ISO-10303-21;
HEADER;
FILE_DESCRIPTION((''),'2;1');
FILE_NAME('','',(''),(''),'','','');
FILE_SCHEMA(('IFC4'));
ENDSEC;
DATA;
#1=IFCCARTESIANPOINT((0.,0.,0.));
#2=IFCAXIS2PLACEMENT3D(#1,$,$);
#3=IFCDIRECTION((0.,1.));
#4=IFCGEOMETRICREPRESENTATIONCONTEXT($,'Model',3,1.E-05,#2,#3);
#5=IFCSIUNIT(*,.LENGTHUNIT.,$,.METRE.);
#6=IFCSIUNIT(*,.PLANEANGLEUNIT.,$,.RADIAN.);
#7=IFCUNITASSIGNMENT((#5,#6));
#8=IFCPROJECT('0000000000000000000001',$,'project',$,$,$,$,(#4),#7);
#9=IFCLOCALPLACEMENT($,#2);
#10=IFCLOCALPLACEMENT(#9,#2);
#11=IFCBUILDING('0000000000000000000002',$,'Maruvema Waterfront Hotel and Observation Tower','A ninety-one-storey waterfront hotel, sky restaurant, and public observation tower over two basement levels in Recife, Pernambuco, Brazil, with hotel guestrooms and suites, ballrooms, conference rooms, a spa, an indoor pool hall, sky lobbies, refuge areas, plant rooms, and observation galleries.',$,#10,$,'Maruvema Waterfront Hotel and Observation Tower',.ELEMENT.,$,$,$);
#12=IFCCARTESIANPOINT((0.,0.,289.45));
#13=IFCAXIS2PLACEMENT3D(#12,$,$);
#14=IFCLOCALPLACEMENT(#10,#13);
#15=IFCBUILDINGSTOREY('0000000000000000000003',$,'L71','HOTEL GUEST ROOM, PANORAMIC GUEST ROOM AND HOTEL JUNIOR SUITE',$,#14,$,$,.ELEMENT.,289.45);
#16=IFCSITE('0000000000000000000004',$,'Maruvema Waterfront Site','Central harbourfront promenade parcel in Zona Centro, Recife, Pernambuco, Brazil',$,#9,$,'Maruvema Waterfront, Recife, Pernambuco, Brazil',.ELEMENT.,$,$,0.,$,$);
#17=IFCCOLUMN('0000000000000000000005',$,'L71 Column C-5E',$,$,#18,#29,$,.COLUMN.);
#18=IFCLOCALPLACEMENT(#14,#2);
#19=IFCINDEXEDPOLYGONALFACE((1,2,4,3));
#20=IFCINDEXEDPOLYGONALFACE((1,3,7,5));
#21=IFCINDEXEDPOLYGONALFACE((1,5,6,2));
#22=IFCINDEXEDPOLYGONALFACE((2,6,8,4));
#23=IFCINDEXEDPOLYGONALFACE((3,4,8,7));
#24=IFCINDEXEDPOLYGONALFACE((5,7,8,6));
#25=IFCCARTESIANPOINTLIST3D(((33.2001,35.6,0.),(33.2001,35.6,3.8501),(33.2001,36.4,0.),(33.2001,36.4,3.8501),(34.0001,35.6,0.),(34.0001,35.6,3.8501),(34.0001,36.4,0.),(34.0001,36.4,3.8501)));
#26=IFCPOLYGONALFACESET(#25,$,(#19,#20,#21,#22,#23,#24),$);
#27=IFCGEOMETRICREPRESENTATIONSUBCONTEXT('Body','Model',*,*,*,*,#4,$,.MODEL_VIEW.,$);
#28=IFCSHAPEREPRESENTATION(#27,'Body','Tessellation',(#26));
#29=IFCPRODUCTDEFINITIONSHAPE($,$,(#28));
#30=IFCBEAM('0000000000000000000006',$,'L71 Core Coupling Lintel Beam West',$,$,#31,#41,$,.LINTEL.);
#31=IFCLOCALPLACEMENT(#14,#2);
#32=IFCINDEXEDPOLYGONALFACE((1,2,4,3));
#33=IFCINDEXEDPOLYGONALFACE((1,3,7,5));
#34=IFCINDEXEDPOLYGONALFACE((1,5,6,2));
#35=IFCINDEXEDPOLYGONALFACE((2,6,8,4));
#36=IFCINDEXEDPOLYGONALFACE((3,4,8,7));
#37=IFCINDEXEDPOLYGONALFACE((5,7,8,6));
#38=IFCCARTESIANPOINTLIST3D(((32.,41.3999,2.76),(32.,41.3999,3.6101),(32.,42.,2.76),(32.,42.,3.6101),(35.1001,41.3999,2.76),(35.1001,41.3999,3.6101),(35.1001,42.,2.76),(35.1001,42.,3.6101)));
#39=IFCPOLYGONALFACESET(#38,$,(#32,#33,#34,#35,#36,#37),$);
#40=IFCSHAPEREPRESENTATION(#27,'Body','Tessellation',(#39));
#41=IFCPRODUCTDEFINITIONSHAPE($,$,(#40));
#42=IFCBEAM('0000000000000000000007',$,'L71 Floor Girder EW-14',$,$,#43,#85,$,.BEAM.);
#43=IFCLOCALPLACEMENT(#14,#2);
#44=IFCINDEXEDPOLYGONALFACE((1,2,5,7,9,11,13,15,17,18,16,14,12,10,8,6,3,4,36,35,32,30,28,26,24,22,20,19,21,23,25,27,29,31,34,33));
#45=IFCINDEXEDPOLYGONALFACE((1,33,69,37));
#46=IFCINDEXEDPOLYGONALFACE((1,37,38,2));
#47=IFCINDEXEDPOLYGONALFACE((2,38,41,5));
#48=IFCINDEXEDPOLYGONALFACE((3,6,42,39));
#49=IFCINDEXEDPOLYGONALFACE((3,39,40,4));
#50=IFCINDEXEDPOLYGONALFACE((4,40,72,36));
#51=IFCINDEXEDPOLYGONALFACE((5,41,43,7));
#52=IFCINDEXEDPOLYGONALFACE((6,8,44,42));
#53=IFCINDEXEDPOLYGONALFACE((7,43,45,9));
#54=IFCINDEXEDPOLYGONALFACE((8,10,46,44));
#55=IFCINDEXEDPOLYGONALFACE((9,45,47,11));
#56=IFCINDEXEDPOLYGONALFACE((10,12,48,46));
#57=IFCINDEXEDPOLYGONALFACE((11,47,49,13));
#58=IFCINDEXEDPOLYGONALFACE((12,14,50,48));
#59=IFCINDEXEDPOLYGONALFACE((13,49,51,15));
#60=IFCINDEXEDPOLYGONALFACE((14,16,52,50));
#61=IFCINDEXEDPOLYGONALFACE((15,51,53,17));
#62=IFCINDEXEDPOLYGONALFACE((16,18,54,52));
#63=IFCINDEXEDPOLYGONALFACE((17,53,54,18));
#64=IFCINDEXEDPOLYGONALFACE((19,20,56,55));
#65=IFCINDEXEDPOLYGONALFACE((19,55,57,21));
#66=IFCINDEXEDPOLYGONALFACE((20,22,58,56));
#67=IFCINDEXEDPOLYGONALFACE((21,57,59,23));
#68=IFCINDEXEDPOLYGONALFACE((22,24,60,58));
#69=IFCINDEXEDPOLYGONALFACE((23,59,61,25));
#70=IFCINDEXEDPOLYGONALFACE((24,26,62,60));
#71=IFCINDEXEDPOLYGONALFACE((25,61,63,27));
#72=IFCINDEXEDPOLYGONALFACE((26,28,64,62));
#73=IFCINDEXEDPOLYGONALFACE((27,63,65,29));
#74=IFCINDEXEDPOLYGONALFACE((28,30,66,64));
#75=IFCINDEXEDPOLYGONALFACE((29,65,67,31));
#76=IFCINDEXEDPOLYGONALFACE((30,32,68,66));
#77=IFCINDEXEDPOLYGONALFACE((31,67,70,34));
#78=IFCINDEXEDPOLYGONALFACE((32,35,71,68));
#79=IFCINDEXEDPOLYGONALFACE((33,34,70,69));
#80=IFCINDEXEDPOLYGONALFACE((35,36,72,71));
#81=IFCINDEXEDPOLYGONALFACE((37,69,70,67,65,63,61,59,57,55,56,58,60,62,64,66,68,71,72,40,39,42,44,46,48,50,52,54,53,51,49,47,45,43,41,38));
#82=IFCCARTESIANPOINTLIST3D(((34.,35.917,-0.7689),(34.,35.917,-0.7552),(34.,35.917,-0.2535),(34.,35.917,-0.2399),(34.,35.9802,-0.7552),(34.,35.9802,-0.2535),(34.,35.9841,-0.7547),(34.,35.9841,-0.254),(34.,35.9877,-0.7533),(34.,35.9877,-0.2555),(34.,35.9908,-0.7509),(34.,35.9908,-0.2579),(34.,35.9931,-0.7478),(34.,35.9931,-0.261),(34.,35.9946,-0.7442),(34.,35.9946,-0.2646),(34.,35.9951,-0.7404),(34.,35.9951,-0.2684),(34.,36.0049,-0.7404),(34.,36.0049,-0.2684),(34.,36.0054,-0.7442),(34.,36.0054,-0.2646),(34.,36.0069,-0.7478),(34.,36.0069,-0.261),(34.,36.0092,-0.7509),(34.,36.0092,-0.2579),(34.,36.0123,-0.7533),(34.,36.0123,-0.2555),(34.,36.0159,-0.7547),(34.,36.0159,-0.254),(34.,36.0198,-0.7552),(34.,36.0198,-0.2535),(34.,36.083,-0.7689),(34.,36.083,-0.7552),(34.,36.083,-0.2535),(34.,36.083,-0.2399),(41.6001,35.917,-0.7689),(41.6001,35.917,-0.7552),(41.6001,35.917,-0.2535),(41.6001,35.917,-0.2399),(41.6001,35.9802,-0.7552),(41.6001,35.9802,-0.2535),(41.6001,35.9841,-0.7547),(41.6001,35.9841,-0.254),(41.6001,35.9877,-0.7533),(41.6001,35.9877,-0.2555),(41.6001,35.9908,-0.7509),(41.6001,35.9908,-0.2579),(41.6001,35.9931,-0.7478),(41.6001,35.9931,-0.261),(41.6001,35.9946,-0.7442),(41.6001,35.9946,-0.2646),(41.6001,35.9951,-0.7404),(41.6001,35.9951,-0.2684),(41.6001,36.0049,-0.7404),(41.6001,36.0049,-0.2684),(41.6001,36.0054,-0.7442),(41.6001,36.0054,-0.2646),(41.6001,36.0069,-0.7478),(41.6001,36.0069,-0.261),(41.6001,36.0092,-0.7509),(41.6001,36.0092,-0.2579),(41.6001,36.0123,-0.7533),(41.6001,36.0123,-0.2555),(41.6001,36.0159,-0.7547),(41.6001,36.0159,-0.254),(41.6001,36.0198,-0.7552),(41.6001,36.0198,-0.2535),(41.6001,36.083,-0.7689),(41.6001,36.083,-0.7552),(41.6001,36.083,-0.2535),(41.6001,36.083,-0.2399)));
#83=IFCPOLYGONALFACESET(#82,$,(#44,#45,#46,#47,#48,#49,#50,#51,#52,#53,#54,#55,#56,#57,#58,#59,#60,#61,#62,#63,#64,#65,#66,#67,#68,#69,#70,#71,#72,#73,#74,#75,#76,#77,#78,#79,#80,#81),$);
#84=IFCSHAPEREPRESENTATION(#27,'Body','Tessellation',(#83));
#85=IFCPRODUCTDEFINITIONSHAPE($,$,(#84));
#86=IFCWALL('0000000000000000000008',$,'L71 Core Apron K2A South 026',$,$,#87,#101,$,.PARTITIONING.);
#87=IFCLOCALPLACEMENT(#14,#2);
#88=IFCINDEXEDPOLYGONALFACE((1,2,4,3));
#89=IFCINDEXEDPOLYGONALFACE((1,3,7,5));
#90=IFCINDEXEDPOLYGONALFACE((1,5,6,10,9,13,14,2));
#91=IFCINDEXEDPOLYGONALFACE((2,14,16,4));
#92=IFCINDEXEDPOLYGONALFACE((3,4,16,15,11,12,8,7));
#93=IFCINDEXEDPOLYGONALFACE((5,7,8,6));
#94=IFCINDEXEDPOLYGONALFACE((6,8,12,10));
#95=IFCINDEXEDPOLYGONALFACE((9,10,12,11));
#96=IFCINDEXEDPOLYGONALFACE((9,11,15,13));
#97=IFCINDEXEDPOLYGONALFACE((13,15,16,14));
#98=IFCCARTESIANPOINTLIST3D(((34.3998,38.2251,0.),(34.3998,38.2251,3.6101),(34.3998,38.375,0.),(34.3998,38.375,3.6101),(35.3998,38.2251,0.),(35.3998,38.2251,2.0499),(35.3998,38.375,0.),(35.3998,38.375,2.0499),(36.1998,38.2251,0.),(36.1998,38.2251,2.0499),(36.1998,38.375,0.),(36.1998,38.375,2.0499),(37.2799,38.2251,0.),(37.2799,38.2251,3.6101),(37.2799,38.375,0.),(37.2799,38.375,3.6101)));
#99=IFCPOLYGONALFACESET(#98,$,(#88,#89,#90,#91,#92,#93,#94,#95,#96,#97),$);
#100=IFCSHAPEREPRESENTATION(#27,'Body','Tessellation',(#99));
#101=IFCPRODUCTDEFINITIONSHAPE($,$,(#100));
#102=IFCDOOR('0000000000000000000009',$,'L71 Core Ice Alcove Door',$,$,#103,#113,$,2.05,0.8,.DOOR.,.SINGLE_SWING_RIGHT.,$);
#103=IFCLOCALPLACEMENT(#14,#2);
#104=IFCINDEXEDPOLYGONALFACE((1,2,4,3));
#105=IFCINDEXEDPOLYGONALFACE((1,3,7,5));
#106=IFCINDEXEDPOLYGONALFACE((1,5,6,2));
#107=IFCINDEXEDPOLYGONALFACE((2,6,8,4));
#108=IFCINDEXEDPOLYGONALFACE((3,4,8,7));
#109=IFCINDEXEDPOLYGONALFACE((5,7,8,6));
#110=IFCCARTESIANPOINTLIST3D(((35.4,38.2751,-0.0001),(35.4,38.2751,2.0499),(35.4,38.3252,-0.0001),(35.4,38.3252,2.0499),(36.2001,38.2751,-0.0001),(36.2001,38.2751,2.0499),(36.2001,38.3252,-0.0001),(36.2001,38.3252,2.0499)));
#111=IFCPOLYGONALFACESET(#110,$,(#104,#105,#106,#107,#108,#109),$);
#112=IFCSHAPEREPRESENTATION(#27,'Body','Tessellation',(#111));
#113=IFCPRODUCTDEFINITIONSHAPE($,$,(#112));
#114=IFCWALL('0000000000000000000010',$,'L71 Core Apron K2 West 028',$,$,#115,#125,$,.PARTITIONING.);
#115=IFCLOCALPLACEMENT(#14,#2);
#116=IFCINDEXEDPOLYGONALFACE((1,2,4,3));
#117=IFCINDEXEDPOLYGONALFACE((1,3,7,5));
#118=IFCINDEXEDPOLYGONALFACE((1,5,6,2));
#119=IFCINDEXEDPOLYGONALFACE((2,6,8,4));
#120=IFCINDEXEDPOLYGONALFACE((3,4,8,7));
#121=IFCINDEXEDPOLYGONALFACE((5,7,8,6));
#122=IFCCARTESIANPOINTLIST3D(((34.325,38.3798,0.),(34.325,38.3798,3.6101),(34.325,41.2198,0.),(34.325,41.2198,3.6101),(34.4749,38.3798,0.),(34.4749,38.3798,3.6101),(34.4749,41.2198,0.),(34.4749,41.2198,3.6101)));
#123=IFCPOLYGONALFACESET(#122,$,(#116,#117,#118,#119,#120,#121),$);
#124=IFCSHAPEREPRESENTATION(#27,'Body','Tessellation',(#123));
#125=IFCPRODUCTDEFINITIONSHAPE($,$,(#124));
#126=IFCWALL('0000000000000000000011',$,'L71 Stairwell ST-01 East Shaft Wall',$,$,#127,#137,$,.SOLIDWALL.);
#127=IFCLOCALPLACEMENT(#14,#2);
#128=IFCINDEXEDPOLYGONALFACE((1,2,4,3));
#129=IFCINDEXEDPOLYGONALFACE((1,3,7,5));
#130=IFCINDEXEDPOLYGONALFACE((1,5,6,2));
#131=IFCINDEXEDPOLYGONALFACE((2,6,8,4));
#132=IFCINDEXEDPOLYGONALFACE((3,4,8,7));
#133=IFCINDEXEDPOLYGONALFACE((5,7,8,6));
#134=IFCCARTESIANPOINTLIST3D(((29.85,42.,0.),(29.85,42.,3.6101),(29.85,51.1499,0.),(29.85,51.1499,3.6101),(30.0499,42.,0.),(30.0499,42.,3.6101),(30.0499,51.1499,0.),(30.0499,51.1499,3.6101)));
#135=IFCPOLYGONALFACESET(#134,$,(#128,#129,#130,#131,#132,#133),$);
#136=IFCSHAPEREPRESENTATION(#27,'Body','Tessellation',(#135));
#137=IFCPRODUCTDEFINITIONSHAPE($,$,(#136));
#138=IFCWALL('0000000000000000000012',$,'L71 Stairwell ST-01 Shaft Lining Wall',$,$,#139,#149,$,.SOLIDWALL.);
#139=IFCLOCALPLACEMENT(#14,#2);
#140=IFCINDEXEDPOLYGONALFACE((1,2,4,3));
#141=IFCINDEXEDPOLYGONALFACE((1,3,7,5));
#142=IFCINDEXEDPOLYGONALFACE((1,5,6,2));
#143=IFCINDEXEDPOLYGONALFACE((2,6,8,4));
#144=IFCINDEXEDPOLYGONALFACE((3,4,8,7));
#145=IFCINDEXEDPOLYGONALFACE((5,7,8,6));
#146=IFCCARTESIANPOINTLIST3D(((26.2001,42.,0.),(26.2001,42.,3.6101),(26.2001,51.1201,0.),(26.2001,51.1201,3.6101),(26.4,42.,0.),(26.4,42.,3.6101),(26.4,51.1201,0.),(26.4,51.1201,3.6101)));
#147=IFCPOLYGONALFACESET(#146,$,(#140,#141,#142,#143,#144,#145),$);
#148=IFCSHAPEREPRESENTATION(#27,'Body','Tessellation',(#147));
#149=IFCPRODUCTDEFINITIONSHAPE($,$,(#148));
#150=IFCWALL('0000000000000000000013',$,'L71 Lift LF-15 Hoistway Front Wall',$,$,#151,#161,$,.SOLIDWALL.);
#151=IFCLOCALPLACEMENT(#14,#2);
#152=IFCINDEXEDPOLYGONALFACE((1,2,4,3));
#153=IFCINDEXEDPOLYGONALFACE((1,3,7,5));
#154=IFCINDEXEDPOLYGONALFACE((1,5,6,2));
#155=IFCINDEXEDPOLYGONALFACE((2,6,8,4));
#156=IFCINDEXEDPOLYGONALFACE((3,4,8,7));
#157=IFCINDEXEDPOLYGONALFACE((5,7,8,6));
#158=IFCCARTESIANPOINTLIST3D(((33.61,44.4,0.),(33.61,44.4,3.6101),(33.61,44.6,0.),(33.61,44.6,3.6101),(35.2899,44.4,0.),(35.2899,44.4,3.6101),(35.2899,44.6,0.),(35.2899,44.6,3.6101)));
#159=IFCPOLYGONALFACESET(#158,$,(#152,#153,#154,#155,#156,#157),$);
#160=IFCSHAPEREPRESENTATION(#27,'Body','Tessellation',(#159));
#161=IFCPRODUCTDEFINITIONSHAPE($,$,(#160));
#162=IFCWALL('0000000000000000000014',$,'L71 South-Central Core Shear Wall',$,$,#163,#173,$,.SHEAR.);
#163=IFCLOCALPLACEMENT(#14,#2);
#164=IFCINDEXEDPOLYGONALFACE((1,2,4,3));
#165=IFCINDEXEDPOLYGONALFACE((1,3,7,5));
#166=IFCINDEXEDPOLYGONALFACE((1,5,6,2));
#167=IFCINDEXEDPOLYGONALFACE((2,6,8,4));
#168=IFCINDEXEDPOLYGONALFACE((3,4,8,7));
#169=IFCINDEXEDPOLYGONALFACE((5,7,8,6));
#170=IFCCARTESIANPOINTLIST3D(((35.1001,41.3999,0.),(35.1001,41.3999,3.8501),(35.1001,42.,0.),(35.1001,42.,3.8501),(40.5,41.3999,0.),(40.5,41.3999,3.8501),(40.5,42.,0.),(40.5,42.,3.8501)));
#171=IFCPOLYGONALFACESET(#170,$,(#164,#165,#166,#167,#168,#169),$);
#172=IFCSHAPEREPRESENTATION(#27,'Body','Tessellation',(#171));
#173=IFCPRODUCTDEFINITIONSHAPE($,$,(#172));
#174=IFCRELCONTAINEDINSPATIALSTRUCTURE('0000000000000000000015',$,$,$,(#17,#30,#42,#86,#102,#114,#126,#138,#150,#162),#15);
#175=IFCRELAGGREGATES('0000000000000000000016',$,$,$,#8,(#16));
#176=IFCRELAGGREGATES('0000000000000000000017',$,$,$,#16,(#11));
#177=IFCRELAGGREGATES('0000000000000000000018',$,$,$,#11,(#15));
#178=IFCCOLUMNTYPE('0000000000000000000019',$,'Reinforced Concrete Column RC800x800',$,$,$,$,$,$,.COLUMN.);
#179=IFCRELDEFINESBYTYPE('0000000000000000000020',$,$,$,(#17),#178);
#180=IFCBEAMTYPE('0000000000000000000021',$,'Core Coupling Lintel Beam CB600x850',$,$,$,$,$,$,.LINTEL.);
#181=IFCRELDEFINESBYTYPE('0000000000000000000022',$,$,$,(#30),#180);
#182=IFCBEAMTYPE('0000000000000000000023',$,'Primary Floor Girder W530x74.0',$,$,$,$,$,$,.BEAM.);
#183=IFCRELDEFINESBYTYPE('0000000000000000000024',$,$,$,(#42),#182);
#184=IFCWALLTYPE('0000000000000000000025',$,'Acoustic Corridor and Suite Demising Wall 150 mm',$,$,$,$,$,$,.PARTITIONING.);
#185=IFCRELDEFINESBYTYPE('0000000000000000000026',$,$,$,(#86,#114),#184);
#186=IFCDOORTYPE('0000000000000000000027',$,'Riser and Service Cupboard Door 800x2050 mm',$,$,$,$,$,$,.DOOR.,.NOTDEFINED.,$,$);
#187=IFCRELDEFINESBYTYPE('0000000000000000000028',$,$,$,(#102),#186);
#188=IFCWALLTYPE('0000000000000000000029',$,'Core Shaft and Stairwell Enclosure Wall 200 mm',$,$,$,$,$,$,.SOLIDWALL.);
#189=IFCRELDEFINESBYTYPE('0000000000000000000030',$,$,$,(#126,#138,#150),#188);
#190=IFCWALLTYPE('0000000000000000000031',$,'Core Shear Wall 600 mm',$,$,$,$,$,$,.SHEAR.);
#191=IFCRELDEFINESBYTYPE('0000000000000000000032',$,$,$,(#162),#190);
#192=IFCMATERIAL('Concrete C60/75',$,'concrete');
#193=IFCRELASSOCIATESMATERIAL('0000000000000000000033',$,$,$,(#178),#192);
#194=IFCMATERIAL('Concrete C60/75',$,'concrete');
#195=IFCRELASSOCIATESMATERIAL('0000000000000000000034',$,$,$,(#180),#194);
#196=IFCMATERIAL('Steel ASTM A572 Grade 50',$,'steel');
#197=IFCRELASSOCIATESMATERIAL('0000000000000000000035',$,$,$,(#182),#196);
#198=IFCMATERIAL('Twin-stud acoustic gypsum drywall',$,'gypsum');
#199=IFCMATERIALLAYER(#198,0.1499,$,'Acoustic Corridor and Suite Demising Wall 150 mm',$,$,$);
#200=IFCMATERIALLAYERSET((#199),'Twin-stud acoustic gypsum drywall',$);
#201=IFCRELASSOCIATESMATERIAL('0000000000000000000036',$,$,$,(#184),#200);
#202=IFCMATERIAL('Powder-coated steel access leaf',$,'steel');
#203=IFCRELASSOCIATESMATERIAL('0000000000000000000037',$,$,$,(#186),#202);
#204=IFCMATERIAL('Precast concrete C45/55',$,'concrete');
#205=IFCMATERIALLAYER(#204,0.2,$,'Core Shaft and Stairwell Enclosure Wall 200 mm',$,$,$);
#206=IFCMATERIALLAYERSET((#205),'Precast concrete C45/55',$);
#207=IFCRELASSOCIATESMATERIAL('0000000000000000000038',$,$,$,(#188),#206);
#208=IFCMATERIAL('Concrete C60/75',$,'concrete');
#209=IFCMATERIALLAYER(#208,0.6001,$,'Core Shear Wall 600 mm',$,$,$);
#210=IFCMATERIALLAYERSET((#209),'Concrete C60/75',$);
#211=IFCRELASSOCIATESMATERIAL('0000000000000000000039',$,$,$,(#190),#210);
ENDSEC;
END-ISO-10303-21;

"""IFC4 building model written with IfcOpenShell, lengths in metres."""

from ifc_helpers import new_model, si_unit, direction, frame, frame_2d, origin, origin_2d, place, context, subcontext, project, spatial, rectangle, i_section, extrude, material, layer, layer_set, material_profile, profile_set, type_object, element, fill, save


model = new_model("IFC4")

# Units and contexts
model_context = context("Model", 3, precision=1e-05, world=origin(), true_north=direction((0.0, 1.0)))
body_context = subcontext(model_context, "Body", "Model", "MODEL_VIEW")
ifc_project = project(units=[si_unit("LENGTHUNIT", "METRE"), si_unit("PLANEANGLEUNIT", "RADIAN")], contexts=[model_context])

# Site, building, storey
site_placement = place(None, origin())
site = spatial("IfcSite", under=ifc_project, at=site_placement, Name="Maruvema Waterfront Site", Description="Central harbourfront promenade parcel in Zona Centro, Recife, Pernambuco, Brazil", LongName="Maruvema Waterfront, Recife, Pernambuco, Brazil", CompositionType="ELEMENT", RefElevation=0.0)
building_placement = place(site_placement, origin())
building = spatial("IfcBuilding", under=site, at=building_placement, Name="Maruvema Waterfront Hotel and Observation Tower", Description="A ninety-one-storey waterfront hotel, sky restaurant, and public observation tower over two basement levels in Recife, Pernambuco, Brazil, with hotel guestrooms and suites, ballrooms, conference rooms, a spa, an indoor pool hall, sky lobbies, refuge areas, plant rooms, and observation galleries.", LongName="Maruvema Waterfront Hotel and Observation Tower", CompositionType="ELEMENT")
storey_placement = place(building_placement, frame((0.0, 0.0, 289.45)))
storey = spatial("IfcBuildingStorey", under=building, at=storey_placement, Name="L71", Description="HOTEL GUEST ROOM, PANORAMIC GUEST ROOM AND HOTEL JUNIOR SUITE", CompositionType="ELEMENT", Elevation=289.45)

# Column
ifc_material_1 = material(Name="Concrete C60/75", Category="concrete")
ifc_material_profile_1 = material_profile(ifc_material_1, rectangle(XDim=0.8, YDim=0.8, at=origin_2d()), Name="RC800x800")
ifc_profile_set_1 = profile_set([ifc_material_profile_1], Name="Concrete C60/75")
column_type = type_object("IfcColumnType", Name="Reinforced Concrete Column RC800x800", PredefinedType="COLUMN", material=ifc_profile_set_1)
column_placement = place(storey_placement, frame((33.6001, 36.0, 0.0), z_axis=(0.0, 0.0, 1.0), x_axis=(1.0, 0.0, 0.0)))
element("IfcColumn", 1, at=column_placement, inside=storey, type_object=column_type, Name="L71 Column C-5E", PredefinedType="COLUMN", context=body_context, shape_type="SweptSolid", body=[
    extrude(rectangle(XDim=0.8, YDim=0.8, at=origin_2d()), origin(), (0.0, 0.0, 1.0), 3.8501),
])

# Beams
ifc_material_2 = material(Name="Concrete C60/75", Category="concrete")
ifc_material_profile_2 = material_profile(ifc_material_2, rectangle(XDim=0.6001, YDim=0.8501, at=origin_2d()), Name="CB600x850")
ifc_profile_set_2 = profile_set([ifc_material_profile_2], Name="Concrete C60/75")
beam_type_1 = type_object("IfcBeamType", Name="Core Coupling Lintel Beam CB600x850", PredefinedType="LINTEL", material=ifc_profile_set_2)
beam_1_placement = place(storey_placement, frame((32.0, 41.7, 3.1851), z_axis=(1.0, 0.0, 0.0), x_axis=(0.0, 1.0, 0.0)))
element("IfcBeam", 2, at=beam_1_placement, inside=storey, type_object=beam_type_1, Name="L71 Core Coupling Lintel Beam West", PredefinedType="LINTEL", context=body_context, shape_type="SweptSolid", body=[
    extrude(rectangle(XDim=0.6001, YDim=0.8501, at=origin_2d()), origin(), (0.0, 0.0, 1.0), 3.1001),
])
ifc_material_3 = material(Name="Steel ASTM A572 Grade 50", Category="steel")
ifc_material_profile_3 = material_profile(ifc_material_3, i_section(OverallWidth=0.166, OverallDepth=0.5291, WebThickness=0.0098, FlangeThickness=0.0137, FilletRadius=0.0149, at=origin_2d()), Name="W530x74.0")
ifc_profile_set_3 = profile_set([ifc_material_profile_3], Name="Steel ASTM A572 Grade 50")
beam_type_2 = type_object("IfcBeamType", Name="Primary Floor Girder W530x74.0", PredefinedType="BEAM", material=ifc_profile_set_3)
beam_2_placement = place(storey_placement, frame((34.0, 36.0, -0.5044), z_axis=(1.0, 0.0, 0.0), x_axis=(0.0, 1.0, 0.0)))
element("IfcBeam", 3, at=beam_2_placement, inside=storey, type_object=beam_type_2, Name="L71 Floor Girder EW-14", PredefinedType="BEAM", context=body_context, shape_type="SweptSolid", body=[
    extrude(i_section(OverallWidth=0.166, OverallDepth=0.5291, WebThickness=0.0098, FlangeThickness=0.0137, FilletRadius=0.0149, at=origin_2d()), origin(), (0.0, 0.0, 1.0), 7.6001),
])

# Wall, opening, door
ifc_material_4 = material(Name="Twin-stud acoustic gypsum drywall", Category="gypsum")
ifc_layer_1 = layer(ifc_material_4, 0.1499, Name="Acoustic Corridor and Suite Demising Wall 150 mm")
ifc_layer_set_1 = layer_set([ifc_layer_1], Name="Twin-stud acoustic gypsum drywall")
wall_type_1 = type_object("IfcWallType", Name="Acoustic Corridor and Suite Demising Wall 150 mm", PredefinedType="PARTITIONING", material=ifc_layer_set_1)
wall_1_placement = place(storey_placement, frame((34.3999, 38.3, 0.0), z_axis=(0.0, 0.0, 1.0), x_axis=(1.0, 0.0, 0.0)))
wall_1 = element("IfcWall", 4, at=wall_1_placement, inside=storey, type_object=wall_type_1, Name="L71 Core Apron K2A South 026", PredefinedType="PARTITIONING", context=body_context, shape_type="SweptSolid", body=[
    extrude(rectangle(XDim=2.8801, YDim=0.1499, at=frame_2d((1.4399, 0.0))), origin(), (0.0, 0.0, 1.0), 3.6101),
])
opening_1_placement = place(wall_1_placement, frame((1.0, 0.0, 0.0)))
opening_1 = element("IfcOpeningElement", 5, at=opening_1_placement, cuts=wall_1, PredefinedType="OPENING", context=body_context, shape_type="SweptSolid", body=[
    extrude(rectangle(XDim=0.8, YDim=2.05, at=frame_2d((0.3999, 1.0249))), frame((0.0, 0.085, 0.0), z_axis=(0.0, -1.0, 0.0), x_axis=(1.0, 0.0, 0.0)), (0.0, 0.0, 1.0), 0.1699),
])
ifc_material_5 = material(Name="Powder-coated steel access leaf", Category="steel")
door_type_1 = type_object("IfcDoorType", Name="Riser and Service Cupboard Door 800x2050 mm", OperationType="NOTDEFINED", PredefinedType="DOOR", material=ifc_material_5)
door_1_placement = place(opening_1_placement, frame((0.8, 0.0, 0.0), z_axis=(0.0, 0.0, 1.0), x_axis=(-1.0, 0.0, 0.0)))
door_1 = element("IfcDoor", 6, at=door_1_placement, inside=storey, type_object=door_type_1, Name="L71 Core Ice Alcove Door", OperationType="SINGLE_SWING_RIGHT", OverallHeight=2.05, OverallWidth=0.8, PredefinedType="DOOR", context=body_context, shape_type="SweptSolid", body=[
    extrude(rectangle(XDim=0.8, YDim=2.05, at=frame_2d((0.3999, 1.0249))), frame((0.0, 0.0249, 0.0), z_axis=(0.0, -1.0, 0.0), x_axis=(1.0, 0.0, 0.0)), (0.0, 0.0, 1.0), 0.05),
])
fill(opening_1, door_1)

# Walls
wall_2_placement = place(storey_placement, frame((34.3999, 38.3799, 0.0), z_axis=(0.0, 0.0, 1.0), x_axis=(0.0, 1.0, 0.0)))
element("IfcWall", 7, at=wall_2_placement, inside=storey, type_object=wall_type_1, Name="L71 Core Apron K2 West 028", PredefinedType="PARTITIONING", context=body_context, shape_type="SweptSolid", body=[
    extrude(rectangle(XDim=2.8401, YDim=0.1499, at=frame_2d((1.4199, 0.0))), origin(), (0.0, 0.0, 1.0), 3.6101),
])
ifc_material_6 = material(Name="Precast concrete C45/55", Category="concrete")
ifc_layer_2 = layer(ifc_material_6, 0.2, Name="Core Shaft and Stairwell Enclosure Wall 200 mm")
ifc_layer_set_2 = layer_set([ifc_layer_2], Name="Precast concrete C45/55")
wall_type_2 = type_object("IfcWallType", Name="Core Shaft and Stairwell Enclosure Wall 200 mm", PredefinedType="SOLIDWALL", material=ifc_layer_set_2)
wall_3_placement = place(storey_placement, frame((29.95, 42.0, 0.0), z_axis=(0.0, 0.0, 1.0), x_axis=(0.0, 1.0, 0.0)))
element("IfcWall", 8, at=wall_3_placement, inside=storey, type_object=wall_type_2, Name="L71 Stairwell ST-01 East Shaft Wall", PredefinedType="SOLIDWALL", context=body_context, shape_type="SweptSolid", body=[
    extrude(rectangle(XDim=9.1499, YDim=0.2, at=frame_2d((4.575, 0.0))), origin(), (0.0, 0.0, 1.0), 3.6101),
])
wall_4_placement = place(storey_placement, frame((26.3, 42.0, 0.0), z_axis=(0.0, 0.0, 1.0), x_axis=(0.0, 1.0, 0.0)))
element("IfcWall", 9, at=wall_4_placement, inside=storey, type_object=wall_type_2, Name="L71 Stairwell ST-01 Shaft Lining Wall", PredefinedType="SOLIDWALL", context=body_context, shape_type="SweptSolid", body=[
    extrude(rectangle(XDim=9.1201, YDim=0.2, at=frame_2d((4.5601, 0.0))), origin(), (0.0, 0.0, 1.0), 3.6101),
])

# Walls
wall_5_placement = place(storey_placement, frame((33.6101, 44.5, 0.0), z_axis=(0.0, 0.0, 1.0), x_axis=(1.0, 0.0, 0.0)))
element("IfcWall", 10, at=wall_5_placement, inside=storey, type_object=wall_type_2, Name="L71 Lift LF-15 Hoistway Front Wall", PredefinedType="SOLIDWALL", context=body_context, shape_type="SweptSolid", body=[
    extrude(rectangle(XDim=1.6799, YDim=0.2, at=frame_2d((0.8398, 0.0))), origin(), (0.0, 0.0, 1.0), 3.6101),
])
ifc_material_7 = material(Name="Concrete C60/75", Category="concrete")
ifc_layer_3 = layer(ifc_material_7, 0.6001, Name="Core Shear Wall 600 mm")
ifc_layer_set_3 = layer_set([ifc_layer_3], Name="Concrete C60/75")
wall_type_3 = type_object("IfcWallType", Name="Core Shear Wall 600 mm", PredefinedType="SHEAR", material=ifc_layer_set_3)
wall_6_placement = place(storey_placement, frame((35.1001, 41.7, 0.0), z_axis=(0.0, 0.0, 1.0), x_axis=(1.0, 0.0, 0.0)))
element("IfcWall", 11, at=wall_6_placement, inside=storey, type_object=wall_type_3, Name="L71 South-Central Core Shear Wall", PredefinedType="SHEAR", context=body_context, shape_type="SweptSolid", body=[
    extrude(rectangle(XDim=5.3999, YDim=0.6001, at=frame_2d((2.7, 0.0))), origin(), (0.0, 0.0, 1.0), 3.8501),
])

save(model, "model.ifc")
